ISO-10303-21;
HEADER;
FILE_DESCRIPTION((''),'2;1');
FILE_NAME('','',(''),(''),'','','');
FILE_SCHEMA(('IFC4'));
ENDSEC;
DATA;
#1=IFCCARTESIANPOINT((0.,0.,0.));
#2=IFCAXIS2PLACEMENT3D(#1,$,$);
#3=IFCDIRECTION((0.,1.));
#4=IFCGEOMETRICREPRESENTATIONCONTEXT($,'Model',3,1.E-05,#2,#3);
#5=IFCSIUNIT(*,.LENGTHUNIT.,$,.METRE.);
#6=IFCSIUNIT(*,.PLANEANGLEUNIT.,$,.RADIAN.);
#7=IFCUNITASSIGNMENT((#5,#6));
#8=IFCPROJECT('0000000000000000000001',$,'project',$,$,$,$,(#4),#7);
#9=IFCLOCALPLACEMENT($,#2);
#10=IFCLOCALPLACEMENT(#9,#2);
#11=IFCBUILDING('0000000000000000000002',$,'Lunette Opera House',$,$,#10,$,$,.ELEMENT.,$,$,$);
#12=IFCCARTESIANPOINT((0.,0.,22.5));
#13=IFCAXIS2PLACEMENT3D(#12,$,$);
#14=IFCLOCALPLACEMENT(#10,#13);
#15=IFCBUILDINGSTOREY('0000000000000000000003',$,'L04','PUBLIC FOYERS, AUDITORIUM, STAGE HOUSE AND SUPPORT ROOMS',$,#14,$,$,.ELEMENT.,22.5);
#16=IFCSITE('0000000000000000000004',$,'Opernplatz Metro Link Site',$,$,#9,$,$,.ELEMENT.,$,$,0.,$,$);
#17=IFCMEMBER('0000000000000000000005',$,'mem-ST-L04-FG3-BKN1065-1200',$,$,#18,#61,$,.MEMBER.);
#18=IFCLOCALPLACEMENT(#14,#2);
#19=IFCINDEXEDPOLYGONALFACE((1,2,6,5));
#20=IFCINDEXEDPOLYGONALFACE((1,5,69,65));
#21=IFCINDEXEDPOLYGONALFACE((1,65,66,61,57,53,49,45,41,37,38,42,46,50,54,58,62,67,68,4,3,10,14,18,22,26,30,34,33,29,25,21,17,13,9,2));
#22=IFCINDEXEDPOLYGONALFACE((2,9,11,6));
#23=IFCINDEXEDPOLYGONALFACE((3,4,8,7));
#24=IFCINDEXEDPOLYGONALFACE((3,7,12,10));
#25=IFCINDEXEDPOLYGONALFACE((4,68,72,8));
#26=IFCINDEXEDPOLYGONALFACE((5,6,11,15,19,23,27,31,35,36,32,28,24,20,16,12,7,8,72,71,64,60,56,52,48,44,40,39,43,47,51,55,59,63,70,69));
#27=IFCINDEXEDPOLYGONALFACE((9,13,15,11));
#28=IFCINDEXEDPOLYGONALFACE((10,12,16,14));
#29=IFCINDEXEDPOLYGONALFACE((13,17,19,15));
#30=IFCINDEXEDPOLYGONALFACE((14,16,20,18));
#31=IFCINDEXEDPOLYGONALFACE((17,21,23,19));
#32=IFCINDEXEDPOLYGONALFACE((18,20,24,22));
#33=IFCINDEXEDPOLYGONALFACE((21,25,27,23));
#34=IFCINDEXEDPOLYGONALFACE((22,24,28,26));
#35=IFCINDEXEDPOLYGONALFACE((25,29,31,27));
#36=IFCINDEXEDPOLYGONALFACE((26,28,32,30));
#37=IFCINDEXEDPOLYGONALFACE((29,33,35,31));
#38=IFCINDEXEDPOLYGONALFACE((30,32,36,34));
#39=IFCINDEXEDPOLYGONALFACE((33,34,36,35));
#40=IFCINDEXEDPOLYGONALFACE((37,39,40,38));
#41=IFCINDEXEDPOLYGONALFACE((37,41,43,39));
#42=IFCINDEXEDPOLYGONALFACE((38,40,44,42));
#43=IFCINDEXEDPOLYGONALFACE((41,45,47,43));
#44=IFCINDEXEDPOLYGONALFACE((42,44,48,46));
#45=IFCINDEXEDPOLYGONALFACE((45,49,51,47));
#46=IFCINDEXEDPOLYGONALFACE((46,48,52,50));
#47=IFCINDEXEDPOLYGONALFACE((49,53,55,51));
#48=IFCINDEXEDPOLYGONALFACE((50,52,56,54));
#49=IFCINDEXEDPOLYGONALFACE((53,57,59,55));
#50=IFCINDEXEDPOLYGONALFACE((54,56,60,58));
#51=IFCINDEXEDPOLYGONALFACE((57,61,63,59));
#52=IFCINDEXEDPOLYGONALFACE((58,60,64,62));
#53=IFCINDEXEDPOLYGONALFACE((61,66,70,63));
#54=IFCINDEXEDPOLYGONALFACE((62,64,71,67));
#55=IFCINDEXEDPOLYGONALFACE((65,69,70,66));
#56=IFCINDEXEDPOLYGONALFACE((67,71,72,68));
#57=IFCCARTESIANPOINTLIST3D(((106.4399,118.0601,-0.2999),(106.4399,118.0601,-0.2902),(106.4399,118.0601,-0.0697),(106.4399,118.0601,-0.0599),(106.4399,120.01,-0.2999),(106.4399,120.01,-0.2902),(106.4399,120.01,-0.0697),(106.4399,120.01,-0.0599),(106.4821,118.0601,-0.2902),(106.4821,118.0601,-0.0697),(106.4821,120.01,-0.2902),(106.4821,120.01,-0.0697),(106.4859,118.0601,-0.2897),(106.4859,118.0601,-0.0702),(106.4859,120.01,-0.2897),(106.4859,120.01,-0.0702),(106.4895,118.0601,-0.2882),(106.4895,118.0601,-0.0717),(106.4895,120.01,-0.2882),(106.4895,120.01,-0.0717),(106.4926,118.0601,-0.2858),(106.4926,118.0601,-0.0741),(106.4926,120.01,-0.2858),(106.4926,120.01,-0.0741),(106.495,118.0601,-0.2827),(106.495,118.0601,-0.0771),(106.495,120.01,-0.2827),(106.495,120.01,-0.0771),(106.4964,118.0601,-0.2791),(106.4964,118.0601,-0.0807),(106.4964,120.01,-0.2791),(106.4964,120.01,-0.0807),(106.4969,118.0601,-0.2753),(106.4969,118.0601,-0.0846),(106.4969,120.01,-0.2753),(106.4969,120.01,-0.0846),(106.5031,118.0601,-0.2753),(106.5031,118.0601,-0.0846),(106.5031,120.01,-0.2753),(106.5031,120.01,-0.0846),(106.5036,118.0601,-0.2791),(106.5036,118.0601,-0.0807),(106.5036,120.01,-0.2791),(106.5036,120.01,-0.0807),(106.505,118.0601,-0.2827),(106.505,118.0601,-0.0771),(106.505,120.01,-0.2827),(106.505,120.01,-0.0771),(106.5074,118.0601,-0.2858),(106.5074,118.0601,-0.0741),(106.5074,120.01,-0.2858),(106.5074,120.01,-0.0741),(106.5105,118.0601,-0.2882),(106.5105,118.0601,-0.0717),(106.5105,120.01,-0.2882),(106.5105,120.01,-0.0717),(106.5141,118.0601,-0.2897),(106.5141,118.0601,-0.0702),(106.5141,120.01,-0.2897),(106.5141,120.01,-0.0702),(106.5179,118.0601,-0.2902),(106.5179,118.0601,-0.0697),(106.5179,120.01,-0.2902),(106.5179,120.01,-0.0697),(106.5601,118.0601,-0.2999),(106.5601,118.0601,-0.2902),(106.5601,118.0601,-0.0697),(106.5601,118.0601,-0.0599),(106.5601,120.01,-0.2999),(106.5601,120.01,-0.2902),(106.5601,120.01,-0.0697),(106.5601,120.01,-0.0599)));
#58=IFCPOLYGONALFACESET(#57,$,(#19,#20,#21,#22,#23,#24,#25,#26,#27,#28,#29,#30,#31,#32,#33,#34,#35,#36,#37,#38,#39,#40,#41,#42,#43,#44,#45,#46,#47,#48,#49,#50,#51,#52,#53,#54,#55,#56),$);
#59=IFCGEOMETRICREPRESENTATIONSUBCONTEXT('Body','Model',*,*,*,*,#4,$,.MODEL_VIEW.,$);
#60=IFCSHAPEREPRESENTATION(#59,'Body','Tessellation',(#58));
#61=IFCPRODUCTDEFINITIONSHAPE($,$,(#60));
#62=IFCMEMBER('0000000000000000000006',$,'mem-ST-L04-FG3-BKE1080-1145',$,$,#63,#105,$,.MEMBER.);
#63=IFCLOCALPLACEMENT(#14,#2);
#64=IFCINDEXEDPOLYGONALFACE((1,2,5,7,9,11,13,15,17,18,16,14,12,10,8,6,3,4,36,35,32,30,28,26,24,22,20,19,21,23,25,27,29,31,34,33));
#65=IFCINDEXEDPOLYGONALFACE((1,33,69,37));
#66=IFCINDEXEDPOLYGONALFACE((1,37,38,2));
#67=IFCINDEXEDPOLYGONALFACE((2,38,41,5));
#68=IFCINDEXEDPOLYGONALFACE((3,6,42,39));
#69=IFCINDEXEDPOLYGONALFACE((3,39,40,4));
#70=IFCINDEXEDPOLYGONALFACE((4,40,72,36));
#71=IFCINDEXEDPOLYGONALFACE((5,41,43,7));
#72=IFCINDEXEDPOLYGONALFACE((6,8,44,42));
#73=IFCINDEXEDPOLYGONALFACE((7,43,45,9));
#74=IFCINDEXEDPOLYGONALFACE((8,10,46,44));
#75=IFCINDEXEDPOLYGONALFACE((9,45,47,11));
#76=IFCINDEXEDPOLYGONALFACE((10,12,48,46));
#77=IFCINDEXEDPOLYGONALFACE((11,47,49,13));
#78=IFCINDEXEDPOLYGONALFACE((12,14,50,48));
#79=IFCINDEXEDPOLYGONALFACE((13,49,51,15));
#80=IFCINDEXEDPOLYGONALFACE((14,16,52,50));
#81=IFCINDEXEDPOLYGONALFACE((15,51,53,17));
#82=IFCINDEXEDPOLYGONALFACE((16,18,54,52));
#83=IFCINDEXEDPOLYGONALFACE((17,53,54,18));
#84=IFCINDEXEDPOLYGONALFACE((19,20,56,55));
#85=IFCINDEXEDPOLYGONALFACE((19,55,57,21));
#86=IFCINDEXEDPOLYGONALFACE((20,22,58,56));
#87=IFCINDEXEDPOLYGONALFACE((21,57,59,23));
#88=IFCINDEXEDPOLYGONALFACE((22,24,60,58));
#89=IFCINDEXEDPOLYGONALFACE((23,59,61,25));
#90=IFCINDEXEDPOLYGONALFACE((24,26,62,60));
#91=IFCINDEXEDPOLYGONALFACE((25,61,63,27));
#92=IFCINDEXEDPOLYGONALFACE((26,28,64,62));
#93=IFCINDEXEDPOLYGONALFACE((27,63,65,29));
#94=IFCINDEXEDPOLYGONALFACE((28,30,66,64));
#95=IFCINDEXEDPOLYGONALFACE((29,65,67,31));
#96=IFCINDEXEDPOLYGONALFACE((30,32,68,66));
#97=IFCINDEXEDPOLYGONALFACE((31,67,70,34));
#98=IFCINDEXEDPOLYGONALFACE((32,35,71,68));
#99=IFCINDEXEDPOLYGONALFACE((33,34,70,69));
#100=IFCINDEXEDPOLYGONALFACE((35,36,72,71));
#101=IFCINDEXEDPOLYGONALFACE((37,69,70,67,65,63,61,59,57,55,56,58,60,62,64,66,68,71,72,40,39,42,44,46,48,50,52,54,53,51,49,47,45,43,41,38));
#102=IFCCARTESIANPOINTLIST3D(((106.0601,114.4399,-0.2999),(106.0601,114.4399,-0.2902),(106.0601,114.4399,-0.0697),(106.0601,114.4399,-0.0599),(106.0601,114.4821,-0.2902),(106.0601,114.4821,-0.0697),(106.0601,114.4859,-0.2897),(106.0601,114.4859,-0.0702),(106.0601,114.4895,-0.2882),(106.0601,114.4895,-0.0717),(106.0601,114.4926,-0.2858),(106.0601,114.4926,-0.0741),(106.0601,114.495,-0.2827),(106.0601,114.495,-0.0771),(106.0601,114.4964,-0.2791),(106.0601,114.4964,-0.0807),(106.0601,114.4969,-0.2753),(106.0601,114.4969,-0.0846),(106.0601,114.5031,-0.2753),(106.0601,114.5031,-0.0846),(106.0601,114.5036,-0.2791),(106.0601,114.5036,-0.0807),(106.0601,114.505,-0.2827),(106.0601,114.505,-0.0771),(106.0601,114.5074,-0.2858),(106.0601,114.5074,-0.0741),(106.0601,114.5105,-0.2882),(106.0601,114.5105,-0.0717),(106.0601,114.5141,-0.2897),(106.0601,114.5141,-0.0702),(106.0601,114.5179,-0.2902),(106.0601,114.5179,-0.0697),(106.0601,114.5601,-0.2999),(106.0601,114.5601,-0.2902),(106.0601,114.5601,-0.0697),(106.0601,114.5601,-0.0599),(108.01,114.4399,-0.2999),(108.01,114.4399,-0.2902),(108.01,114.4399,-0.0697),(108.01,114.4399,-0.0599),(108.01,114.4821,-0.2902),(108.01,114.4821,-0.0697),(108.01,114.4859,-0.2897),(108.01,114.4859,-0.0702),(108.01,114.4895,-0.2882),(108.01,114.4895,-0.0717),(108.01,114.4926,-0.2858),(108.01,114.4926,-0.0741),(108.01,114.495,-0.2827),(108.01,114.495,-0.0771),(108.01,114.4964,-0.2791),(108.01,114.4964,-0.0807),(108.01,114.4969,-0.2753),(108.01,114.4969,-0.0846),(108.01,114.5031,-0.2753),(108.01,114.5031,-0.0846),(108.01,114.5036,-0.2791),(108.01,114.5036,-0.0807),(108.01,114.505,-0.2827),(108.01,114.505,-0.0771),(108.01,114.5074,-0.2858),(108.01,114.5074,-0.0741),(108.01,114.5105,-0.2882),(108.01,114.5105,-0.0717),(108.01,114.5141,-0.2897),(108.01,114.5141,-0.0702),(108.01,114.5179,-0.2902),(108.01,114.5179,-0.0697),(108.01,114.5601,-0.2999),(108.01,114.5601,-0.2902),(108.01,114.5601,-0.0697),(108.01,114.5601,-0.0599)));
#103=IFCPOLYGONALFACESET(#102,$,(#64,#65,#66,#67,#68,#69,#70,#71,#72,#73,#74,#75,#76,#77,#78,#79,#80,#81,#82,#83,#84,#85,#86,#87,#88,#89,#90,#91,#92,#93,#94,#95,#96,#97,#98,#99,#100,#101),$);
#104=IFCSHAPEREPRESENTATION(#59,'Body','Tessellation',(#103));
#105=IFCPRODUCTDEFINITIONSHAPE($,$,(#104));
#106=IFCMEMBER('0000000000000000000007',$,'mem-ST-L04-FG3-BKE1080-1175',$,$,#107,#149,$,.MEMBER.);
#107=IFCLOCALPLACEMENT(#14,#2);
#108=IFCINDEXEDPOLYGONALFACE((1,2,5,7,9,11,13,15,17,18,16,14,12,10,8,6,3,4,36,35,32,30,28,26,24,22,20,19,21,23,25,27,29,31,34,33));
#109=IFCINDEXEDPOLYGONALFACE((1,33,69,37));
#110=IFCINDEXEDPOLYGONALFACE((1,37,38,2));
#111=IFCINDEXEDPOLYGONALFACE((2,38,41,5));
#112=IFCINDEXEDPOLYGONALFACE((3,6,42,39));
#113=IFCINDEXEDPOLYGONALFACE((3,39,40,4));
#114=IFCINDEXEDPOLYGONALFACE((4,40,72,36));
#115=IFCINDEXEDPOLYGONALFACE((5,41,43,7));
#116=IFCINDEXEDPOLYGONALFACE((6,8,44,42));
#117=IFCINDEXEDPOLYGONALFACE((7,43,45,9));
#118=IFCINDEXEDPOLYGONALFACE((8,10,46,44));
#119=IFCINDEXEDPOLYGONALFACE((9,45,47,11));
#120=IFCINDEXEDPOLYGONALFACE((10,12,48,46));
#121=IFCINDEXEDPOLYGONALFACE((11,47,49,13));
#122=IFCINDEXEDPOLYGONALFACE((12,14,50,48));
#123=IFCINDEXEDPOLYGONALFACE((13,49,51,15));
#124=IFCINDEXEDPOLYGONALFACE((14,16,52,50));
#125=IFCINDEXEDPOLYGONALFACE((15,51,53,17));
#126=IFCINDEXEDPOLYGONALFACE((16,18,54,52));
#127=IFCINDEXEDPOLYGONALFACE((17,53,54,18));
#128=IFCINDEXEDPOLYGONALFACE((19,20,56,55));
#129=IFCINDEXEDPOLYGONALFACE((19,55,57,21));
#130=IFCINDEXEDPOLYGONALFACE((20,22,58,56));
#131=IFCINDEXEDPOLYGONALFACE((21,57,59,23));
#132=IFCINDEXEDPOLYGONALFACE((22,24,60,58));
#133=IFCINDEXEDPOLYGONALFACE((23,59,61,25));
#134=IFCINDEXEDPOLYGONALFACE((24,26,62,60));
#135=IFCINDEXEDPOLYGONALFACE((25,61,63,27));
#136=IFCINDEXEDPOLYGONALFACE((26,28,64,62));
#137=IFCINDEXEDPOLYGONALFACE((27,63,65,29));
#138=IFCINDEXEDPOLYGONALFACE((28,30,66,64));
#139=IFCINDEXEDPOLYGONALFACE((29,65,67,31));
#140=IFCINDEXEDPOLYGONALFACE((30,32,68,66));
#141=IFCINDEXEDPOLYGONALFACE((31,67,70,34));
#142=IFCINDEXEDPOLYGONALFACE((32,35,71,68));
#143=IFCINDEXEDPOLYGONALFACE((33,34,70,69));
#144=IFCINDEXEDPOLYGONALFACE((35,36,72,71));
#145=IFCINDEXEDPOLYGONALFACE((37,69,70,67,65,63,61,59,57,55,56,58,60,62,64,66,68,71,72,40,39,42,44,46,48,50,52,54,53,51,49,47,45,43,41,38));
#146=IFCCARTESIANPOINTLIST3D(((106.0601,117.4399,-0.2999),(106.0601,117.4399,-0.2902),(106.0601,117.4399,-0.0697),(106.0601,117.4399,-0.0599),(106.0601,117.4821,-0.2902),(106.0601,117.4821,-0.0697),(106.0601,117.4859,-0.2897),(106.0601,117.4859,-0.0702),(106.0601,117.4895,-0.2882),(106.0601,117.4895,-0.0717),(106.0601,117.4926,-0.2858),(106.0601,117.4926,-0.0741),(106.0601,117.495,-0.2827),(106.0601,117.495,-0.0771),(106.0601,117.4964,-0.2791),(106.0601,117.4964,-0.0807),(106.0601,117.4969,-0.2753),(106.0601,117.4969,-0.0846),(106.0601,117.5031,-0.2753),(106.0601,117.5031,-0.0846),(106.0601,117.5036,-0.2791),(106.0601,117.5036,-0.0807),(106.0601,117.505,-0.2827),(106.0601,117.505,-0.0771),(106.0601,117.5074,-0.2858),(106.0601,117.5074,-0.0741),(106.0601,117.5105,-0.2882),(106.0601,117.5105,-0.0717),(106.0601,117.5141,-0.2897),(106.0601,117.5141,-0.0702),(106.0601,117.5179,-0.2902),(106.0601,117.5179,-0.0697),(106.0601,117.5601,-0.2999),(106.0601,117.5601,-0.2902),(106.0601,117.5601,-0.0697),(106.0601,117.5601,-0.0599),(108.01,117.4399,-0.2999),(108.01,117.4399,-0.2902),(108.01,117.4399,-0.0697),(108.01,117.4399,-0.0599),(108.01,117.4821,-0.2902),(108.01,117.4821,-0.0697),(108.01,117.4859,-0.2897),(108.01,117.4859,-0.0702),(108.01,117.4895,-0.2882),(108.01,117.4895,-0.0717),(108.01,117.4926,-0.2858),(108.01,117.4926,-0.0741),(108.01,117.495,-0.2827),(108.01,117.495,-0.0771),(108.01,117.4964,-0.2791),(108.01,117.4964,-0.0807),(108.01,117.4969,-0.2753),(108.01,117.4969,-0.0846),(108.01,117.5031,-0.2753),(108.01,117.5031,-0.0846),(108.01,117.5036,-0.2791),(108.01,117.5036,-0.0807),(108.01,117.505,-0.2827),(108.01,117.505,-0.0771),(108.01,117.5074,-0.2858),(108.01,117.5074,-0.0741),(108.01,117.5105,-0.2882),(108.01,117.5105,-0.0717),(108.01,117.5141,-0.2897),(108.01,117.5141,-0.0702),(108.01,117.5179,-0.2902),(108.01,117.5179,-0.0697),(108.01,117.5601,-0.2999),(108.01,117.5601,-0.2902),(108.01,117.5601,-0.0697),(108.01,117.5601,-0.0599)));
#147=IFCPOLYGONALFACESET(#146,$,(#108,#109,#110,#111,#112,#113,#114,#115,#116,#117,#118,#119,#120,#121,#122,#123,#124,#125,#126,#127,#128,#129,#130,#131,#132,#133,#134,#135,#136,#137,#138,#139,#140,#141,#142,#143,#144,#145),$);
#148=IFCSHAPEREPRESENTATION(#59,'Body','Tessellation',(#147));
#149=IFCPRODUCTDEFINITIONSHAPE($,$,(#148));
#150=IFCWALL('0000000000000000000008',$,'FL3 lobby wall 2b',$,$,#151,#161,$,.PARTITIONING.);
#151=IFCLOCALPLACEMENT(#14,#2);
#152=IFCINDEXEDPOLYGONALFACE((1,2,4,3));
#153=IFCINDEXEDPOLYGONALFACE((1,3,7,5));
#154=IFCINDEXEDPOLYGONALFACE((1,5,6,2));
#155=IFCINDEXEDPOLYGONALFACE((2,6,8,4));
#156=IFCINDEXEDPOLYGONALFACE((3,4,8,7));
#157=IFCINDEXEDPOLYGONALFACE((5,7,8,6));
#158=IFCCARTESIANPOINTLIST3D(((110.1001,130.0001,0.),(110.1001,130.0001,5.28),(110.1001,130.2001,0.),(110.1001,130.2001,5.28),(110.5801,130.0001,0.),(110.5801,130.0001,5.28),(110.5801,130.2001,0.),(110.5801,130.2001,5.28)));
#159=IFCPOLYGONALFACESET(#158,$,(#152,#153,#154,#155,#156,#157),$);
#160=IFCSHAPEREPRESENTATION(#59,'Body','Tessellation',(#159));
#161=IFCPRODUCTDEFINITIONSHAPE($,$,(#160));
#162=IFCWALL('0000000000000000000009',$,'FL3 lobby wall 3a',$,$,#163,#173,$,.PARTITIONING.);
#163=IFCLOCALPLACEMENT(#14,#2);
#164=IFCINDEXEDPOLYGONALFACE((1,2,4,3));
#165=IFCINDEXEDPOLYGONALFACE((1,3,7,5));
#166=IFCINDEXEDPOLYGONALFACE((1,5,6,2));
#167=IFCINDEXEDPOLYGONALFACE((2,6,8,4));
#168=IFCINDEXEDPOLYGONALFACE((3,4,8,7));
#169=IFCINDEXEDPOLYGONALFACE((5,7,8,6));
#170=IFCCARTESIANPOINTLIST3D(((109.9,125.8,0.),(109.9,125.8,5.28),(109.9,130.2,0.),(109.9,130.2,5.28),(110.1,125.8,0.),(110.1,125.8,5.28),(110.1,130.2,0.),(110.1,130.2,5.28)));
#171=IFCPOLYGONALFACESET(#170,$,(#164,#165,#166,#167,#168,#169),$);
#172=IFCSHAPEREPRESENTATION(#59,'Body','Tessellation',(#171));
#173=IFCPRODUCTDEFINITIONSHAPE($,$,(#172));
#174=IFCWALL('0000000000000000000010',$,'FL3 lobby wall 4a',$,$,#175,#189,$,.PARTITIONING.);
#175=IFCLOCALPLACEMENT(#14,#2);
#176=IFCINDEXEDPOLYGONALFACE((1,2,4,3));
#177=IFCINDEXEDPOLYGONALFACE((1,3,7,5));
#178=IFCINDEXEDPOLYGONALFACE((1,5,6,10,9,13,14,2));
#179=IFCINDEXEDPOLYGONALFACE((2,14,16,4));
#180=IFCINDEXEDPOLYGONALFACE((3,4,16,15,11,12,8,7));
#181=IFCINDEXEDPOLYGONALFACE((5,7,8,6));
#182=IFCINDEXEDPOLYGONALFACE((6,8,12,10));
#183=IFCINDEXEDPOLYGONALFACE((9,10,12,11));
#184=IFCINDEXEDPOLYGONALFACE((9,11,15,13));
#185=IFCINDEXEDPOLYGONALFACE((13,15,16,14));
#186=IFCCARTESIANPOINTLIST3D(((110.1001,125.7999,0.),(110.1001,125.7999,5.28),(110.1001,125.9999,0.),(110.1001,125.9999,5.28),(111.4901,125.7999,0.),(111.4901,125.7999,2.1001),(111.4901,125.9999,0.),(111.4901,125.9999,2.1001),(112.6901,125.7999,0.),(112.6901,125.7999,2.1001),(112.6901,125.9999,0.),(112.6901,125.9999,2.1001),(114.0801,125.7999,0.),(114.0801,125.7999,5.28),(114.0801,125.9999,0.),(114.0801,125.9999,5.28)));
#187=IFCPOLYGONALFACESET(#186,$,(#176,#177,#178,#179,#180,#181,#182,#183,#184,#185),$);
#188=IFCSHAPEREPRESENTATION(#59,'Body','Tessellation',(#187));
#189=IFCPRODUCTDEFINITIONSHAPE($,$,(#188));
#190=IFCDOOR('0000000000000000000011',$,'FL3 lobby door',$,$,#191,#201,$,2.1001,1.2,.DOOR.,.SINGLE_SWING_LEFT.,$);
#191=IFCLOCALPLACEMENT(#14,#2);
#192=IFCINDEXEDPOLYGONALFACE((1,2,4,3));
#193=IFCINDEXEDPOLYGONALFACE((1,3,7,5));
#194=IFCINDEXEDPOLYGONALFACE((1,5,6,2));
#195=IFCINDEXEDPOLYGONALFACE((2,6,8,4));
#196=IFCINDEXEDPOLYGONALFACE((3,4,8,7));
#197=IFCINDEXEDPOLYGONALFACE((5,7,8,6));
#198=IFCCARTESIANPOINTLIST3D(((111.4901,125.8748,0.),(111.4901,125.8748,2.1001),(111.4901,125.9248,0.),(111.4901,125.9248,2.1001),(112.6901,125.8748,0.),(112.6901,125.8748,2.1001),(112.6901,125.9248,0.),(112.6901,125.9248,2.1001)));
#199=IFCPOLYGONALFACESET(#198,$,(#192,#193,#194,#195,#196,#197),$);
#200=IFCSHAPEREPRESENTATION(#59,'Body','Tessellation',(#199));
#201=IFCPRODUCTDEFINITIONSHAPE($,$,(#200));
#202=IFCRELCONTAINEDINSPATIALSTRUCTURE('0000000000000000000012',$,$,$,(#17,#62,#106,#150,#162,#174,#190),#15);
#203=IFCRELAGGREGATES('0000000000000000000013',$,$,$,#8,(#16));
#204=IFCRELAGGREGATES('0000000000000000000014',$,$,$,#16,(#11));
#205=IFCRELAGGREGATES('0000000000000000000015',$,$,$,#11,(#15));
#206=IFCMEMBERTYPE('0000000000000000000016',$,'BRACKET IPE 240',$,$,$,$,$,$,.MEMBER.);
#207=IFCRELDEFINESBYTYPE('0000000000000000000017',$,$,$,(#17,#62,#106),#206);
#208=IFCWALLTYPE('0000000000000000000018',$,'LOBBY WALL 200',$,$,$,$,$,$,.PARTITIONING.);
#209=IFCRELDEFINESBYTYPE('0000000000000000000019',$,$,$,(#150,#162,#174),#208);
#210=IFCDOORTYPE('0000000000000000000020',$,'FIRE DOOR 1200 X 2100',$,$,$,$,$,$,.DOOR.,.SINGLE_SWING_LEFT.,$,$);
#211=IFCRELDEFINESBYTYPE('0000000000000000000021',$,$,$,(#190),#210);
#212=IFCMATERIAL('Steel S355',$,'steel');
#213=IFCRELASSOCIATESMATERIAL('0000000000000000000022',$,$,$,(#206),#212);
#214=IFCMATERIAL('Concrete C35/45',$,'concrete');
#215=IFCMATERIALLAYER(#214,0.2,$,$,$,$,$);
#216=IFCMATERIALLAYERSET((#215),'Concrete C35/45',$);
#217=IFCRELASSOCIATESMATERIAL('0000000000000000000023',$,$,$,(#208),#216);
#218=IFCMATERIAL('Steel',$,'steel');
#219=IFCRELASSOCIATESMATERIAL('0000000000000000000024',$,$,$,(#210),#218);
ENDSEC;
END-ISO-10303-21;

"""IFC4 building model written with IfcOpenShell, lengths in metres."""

from ifc_helpers import new_model, si_unit, direction, frame, frame_2d, origin, origin_2d, place, context, subcontext, project, spatial, rectangle, i_section, extrude, material, layer, layer_set, material_profile, profile_set, type_object, element, fill, save


model = new_model("IFC4")

# Units and contexts
model_context = context("Model", 3, precision=1e-05, world=origin(), true_north=direction((0.0, 1.0)))
body_context = subcontext(model_context, "Body", "Model", "MODEL_VIEW")
ifc_project = project(units=[si_unit("LENGTHUNIT", "METRE"), si_unit("PLANEANGLEUNIT", "RADIAN")], contexts=[model_context])

# Site, building, storey
site_placement = place(None, origin())
site = spatial("IfcSite", under=ifc_project, at=site_placement, Name="Opernplatz Metro Link Site", CompositionType="ELEMENT", RefElevation=0.0)
building_placement = place(site_placement, origin())
building = spatial("IfcBuilding", under=site, at=building_placement, Name="Lunette Opera House", CompositionType="ELEMENT")
storey_placement = place(building_placement, frame((0.0, 0.0, 22.5)))
storey = spatial("IfcBuildingStorey", under=building, at=storey_placement, Name="L04", Description="PUBLIC FOYERS, AUDITORIUM, STAGE HOUSE AND SUPPORT ROOMS", CompositionType="ELEMENT", Elevation=22.5)

# Members
ifc_material_1 = material(Name="Steel S355", Category="steel")
ifc_material_profile = material_profile(ifc_material_1, i_section(OverallWidth=0.1201, OverallDepth=0.24, WebThickness=0.0061, FlangeThickness=0.0098, FilletRadius=0.0149, at=origin_2d()), Name="IPE 240")
ifc_profile_set = profile_set([ifc_material_profile], Name="Steel S355")
member_type = type_object("IfcMemberType", Name="BRACKET IPE 240", PredefinedType="MEMBER", material=ifc_profile_set)
for number, where, z_axis, x_axis, name in (
    (1, (106.5, 120.01, -0.1799), (0.0, -1.0, 0.0), (1.0, 0.0, 0.0), "mem-ST-L04-FG3-BKN1065-1200"),
    (2, (108.01, 114.5, -0.1799), (-1.0, 0.0, 0.0), (0.0, -1.0, 0.0), "mem-ST-L04-FG3-BKE1080-1145"),
    (3, (108.01, 117.5, -0.1799), (-1.0, 0.0, 0.0), (0.0, -1.0, 0.0), "mem-ST-L04-FG3-BKE1080-1175"),
):
    element("IfcMember", number, at=place(storey_placement, frame(where, z_axis=z_axis, x_axis=x_axis)), inside=storey, type_object=member_type, Name=name, PredefinedType="MEMBER", context=body_context, shape_type="SweptSolid", body=[
        extrude(i_section(OverallWidth=0.1201, OverallDepth=0.24, WebThickness=0.0061, FlangeThickness=0.0098, FilletRadius=0.0149, at=origin_2d()), origin(), (0.0, 0.0, 1.0), 1.95),
    ])

# Walls
ifc_material_2 = material(Name="Concrete C35/45", Category="concrete")
ifc_layer_1 = layer(ifc_material_2, 0.2)
ifc_layer_set_1 = layer_set([ifc_layer_1], Name="Concrete C35/45")
wall_type_1 = type_object("IfcWallType", Name="LOBBY WALL 200", PredefinedType="PARTITIONING", material=ifc_layer_set_1)
wall_1_placement = place(storey_placement, frame((110.5801, 130.1001, 0.0), z_axis=(0.0, 0.0, 1.0), x_axis=(-1.0, 0.0, 0.0)))
element("IfcWall", 4, at=wall_1_placement, inside=storey, type_object=wall_type_1, Name="FL3 lobby wall 2b", PredefinedType="PARTITIONING", context=body_context, shape_type="SweptSolid", body=[
    extrude(rectangle(XDim=0.48, YDim=0.2, at=frame_2d((0.24, 0.0))), origin(), (0.0, 0.0, 1.0), 5.28),
])
wall_2_placement = place(storey_placement, frame((110.0, 130.2, 0.0), z_axis=(0.0, 0.0, 1.0), x_axis=(0.0, -1.0, 0.0)))
element("IfcWall", 5, at=wall_2_placement, inside=storey, type_object=wall_type_1, Name="FL3 lobby wall 3a", PredefinedType="PARTITIONING", context=body_context, shape_type="SweptSolid", body=[
    extrude(rectangle(XDim=4.3999, YDim=0.2, at=frame_2d((2.2, 0.0))), origin(), (0.0, 0.0, 1.0), 5.28),
])

# Wall, opening, door
wall_3_placement = place(storey_placement, frame((110.1001, 125.8999, 0.0), z_axis=(0.0, 0.0, 1.0), x_axis=(1.0, 0.0, 0.0)))
wall_3 = element("IfcWall", 6, at=wall_3_placement, inside=storey, type_object=wall_type_1, Name="FL3 lobby wall 4a", PredefinedType="PARTITIONING", context=body_context, shape_type="SweptSolid", body=[
    extrude(rectangle(XDim=3.98, YDim=0.2, at=frame_2d((1.99, 0.0))), origin(), (0.0, 0.0, 1.0), 5.28),
])
opening_1_placement = place(wall_3_placement, frame((1.3899, 0.0, 0.0)))
opening_1 = element("IfcOpeningElement", 7, at=opening_1_placement, cuts=wall_3, PredefinedType="OPENING", context=body_context, shape_type="SweptSolid", body=[
    extrude(rectangle(XDim=1.2, YDim=2.1001, at=frame_2d((0.6001, 1.05))), frame((0.0, 0.1121, 0.0), z_axis=(0.0, -1.0, 0.0), x_axis=(1.0, 0.0, 0.0)), (0.0, 0.0, 1.0), 0.2239),
])
ifc_material_3 = material(Name="Steel", Category="steel")
door_type_1 = type_object("IfcDoorType", Name="FIRE DOOR 1200 X 2100", OperationType="SINGLE_SWING_LEFT", PredefinedType="DOOR", material=ifc_material_3)
door_1_placement = place(opening_1_placement, origin())
door_1 = element("IfcDoor", 8, at=door_1_placement, inside=storey, type_object=door_type_1, Name="FL3 lobby door", OperationType="SINGLE_SWING_LEFT", OverallHeight=2.1001, OverallWidth=1.2, PredefinedType="DOOR", context=body_context, shape_type="SweptSolid", body=[
    extrude(rectangle(XDim=1.2, YDim=2.1001, at=frame_2d((0.6001, 1.05))), frame((0.0, 0.0249, 0.0), z_axis=(0.0, -1.0, 0.0), x_axis=(1.0, 0.0, 0.0)), (0.0, 0.0, 1.0), 0.05),
])
fill(opening_1, door_1)

save(model, "model.ifc")
